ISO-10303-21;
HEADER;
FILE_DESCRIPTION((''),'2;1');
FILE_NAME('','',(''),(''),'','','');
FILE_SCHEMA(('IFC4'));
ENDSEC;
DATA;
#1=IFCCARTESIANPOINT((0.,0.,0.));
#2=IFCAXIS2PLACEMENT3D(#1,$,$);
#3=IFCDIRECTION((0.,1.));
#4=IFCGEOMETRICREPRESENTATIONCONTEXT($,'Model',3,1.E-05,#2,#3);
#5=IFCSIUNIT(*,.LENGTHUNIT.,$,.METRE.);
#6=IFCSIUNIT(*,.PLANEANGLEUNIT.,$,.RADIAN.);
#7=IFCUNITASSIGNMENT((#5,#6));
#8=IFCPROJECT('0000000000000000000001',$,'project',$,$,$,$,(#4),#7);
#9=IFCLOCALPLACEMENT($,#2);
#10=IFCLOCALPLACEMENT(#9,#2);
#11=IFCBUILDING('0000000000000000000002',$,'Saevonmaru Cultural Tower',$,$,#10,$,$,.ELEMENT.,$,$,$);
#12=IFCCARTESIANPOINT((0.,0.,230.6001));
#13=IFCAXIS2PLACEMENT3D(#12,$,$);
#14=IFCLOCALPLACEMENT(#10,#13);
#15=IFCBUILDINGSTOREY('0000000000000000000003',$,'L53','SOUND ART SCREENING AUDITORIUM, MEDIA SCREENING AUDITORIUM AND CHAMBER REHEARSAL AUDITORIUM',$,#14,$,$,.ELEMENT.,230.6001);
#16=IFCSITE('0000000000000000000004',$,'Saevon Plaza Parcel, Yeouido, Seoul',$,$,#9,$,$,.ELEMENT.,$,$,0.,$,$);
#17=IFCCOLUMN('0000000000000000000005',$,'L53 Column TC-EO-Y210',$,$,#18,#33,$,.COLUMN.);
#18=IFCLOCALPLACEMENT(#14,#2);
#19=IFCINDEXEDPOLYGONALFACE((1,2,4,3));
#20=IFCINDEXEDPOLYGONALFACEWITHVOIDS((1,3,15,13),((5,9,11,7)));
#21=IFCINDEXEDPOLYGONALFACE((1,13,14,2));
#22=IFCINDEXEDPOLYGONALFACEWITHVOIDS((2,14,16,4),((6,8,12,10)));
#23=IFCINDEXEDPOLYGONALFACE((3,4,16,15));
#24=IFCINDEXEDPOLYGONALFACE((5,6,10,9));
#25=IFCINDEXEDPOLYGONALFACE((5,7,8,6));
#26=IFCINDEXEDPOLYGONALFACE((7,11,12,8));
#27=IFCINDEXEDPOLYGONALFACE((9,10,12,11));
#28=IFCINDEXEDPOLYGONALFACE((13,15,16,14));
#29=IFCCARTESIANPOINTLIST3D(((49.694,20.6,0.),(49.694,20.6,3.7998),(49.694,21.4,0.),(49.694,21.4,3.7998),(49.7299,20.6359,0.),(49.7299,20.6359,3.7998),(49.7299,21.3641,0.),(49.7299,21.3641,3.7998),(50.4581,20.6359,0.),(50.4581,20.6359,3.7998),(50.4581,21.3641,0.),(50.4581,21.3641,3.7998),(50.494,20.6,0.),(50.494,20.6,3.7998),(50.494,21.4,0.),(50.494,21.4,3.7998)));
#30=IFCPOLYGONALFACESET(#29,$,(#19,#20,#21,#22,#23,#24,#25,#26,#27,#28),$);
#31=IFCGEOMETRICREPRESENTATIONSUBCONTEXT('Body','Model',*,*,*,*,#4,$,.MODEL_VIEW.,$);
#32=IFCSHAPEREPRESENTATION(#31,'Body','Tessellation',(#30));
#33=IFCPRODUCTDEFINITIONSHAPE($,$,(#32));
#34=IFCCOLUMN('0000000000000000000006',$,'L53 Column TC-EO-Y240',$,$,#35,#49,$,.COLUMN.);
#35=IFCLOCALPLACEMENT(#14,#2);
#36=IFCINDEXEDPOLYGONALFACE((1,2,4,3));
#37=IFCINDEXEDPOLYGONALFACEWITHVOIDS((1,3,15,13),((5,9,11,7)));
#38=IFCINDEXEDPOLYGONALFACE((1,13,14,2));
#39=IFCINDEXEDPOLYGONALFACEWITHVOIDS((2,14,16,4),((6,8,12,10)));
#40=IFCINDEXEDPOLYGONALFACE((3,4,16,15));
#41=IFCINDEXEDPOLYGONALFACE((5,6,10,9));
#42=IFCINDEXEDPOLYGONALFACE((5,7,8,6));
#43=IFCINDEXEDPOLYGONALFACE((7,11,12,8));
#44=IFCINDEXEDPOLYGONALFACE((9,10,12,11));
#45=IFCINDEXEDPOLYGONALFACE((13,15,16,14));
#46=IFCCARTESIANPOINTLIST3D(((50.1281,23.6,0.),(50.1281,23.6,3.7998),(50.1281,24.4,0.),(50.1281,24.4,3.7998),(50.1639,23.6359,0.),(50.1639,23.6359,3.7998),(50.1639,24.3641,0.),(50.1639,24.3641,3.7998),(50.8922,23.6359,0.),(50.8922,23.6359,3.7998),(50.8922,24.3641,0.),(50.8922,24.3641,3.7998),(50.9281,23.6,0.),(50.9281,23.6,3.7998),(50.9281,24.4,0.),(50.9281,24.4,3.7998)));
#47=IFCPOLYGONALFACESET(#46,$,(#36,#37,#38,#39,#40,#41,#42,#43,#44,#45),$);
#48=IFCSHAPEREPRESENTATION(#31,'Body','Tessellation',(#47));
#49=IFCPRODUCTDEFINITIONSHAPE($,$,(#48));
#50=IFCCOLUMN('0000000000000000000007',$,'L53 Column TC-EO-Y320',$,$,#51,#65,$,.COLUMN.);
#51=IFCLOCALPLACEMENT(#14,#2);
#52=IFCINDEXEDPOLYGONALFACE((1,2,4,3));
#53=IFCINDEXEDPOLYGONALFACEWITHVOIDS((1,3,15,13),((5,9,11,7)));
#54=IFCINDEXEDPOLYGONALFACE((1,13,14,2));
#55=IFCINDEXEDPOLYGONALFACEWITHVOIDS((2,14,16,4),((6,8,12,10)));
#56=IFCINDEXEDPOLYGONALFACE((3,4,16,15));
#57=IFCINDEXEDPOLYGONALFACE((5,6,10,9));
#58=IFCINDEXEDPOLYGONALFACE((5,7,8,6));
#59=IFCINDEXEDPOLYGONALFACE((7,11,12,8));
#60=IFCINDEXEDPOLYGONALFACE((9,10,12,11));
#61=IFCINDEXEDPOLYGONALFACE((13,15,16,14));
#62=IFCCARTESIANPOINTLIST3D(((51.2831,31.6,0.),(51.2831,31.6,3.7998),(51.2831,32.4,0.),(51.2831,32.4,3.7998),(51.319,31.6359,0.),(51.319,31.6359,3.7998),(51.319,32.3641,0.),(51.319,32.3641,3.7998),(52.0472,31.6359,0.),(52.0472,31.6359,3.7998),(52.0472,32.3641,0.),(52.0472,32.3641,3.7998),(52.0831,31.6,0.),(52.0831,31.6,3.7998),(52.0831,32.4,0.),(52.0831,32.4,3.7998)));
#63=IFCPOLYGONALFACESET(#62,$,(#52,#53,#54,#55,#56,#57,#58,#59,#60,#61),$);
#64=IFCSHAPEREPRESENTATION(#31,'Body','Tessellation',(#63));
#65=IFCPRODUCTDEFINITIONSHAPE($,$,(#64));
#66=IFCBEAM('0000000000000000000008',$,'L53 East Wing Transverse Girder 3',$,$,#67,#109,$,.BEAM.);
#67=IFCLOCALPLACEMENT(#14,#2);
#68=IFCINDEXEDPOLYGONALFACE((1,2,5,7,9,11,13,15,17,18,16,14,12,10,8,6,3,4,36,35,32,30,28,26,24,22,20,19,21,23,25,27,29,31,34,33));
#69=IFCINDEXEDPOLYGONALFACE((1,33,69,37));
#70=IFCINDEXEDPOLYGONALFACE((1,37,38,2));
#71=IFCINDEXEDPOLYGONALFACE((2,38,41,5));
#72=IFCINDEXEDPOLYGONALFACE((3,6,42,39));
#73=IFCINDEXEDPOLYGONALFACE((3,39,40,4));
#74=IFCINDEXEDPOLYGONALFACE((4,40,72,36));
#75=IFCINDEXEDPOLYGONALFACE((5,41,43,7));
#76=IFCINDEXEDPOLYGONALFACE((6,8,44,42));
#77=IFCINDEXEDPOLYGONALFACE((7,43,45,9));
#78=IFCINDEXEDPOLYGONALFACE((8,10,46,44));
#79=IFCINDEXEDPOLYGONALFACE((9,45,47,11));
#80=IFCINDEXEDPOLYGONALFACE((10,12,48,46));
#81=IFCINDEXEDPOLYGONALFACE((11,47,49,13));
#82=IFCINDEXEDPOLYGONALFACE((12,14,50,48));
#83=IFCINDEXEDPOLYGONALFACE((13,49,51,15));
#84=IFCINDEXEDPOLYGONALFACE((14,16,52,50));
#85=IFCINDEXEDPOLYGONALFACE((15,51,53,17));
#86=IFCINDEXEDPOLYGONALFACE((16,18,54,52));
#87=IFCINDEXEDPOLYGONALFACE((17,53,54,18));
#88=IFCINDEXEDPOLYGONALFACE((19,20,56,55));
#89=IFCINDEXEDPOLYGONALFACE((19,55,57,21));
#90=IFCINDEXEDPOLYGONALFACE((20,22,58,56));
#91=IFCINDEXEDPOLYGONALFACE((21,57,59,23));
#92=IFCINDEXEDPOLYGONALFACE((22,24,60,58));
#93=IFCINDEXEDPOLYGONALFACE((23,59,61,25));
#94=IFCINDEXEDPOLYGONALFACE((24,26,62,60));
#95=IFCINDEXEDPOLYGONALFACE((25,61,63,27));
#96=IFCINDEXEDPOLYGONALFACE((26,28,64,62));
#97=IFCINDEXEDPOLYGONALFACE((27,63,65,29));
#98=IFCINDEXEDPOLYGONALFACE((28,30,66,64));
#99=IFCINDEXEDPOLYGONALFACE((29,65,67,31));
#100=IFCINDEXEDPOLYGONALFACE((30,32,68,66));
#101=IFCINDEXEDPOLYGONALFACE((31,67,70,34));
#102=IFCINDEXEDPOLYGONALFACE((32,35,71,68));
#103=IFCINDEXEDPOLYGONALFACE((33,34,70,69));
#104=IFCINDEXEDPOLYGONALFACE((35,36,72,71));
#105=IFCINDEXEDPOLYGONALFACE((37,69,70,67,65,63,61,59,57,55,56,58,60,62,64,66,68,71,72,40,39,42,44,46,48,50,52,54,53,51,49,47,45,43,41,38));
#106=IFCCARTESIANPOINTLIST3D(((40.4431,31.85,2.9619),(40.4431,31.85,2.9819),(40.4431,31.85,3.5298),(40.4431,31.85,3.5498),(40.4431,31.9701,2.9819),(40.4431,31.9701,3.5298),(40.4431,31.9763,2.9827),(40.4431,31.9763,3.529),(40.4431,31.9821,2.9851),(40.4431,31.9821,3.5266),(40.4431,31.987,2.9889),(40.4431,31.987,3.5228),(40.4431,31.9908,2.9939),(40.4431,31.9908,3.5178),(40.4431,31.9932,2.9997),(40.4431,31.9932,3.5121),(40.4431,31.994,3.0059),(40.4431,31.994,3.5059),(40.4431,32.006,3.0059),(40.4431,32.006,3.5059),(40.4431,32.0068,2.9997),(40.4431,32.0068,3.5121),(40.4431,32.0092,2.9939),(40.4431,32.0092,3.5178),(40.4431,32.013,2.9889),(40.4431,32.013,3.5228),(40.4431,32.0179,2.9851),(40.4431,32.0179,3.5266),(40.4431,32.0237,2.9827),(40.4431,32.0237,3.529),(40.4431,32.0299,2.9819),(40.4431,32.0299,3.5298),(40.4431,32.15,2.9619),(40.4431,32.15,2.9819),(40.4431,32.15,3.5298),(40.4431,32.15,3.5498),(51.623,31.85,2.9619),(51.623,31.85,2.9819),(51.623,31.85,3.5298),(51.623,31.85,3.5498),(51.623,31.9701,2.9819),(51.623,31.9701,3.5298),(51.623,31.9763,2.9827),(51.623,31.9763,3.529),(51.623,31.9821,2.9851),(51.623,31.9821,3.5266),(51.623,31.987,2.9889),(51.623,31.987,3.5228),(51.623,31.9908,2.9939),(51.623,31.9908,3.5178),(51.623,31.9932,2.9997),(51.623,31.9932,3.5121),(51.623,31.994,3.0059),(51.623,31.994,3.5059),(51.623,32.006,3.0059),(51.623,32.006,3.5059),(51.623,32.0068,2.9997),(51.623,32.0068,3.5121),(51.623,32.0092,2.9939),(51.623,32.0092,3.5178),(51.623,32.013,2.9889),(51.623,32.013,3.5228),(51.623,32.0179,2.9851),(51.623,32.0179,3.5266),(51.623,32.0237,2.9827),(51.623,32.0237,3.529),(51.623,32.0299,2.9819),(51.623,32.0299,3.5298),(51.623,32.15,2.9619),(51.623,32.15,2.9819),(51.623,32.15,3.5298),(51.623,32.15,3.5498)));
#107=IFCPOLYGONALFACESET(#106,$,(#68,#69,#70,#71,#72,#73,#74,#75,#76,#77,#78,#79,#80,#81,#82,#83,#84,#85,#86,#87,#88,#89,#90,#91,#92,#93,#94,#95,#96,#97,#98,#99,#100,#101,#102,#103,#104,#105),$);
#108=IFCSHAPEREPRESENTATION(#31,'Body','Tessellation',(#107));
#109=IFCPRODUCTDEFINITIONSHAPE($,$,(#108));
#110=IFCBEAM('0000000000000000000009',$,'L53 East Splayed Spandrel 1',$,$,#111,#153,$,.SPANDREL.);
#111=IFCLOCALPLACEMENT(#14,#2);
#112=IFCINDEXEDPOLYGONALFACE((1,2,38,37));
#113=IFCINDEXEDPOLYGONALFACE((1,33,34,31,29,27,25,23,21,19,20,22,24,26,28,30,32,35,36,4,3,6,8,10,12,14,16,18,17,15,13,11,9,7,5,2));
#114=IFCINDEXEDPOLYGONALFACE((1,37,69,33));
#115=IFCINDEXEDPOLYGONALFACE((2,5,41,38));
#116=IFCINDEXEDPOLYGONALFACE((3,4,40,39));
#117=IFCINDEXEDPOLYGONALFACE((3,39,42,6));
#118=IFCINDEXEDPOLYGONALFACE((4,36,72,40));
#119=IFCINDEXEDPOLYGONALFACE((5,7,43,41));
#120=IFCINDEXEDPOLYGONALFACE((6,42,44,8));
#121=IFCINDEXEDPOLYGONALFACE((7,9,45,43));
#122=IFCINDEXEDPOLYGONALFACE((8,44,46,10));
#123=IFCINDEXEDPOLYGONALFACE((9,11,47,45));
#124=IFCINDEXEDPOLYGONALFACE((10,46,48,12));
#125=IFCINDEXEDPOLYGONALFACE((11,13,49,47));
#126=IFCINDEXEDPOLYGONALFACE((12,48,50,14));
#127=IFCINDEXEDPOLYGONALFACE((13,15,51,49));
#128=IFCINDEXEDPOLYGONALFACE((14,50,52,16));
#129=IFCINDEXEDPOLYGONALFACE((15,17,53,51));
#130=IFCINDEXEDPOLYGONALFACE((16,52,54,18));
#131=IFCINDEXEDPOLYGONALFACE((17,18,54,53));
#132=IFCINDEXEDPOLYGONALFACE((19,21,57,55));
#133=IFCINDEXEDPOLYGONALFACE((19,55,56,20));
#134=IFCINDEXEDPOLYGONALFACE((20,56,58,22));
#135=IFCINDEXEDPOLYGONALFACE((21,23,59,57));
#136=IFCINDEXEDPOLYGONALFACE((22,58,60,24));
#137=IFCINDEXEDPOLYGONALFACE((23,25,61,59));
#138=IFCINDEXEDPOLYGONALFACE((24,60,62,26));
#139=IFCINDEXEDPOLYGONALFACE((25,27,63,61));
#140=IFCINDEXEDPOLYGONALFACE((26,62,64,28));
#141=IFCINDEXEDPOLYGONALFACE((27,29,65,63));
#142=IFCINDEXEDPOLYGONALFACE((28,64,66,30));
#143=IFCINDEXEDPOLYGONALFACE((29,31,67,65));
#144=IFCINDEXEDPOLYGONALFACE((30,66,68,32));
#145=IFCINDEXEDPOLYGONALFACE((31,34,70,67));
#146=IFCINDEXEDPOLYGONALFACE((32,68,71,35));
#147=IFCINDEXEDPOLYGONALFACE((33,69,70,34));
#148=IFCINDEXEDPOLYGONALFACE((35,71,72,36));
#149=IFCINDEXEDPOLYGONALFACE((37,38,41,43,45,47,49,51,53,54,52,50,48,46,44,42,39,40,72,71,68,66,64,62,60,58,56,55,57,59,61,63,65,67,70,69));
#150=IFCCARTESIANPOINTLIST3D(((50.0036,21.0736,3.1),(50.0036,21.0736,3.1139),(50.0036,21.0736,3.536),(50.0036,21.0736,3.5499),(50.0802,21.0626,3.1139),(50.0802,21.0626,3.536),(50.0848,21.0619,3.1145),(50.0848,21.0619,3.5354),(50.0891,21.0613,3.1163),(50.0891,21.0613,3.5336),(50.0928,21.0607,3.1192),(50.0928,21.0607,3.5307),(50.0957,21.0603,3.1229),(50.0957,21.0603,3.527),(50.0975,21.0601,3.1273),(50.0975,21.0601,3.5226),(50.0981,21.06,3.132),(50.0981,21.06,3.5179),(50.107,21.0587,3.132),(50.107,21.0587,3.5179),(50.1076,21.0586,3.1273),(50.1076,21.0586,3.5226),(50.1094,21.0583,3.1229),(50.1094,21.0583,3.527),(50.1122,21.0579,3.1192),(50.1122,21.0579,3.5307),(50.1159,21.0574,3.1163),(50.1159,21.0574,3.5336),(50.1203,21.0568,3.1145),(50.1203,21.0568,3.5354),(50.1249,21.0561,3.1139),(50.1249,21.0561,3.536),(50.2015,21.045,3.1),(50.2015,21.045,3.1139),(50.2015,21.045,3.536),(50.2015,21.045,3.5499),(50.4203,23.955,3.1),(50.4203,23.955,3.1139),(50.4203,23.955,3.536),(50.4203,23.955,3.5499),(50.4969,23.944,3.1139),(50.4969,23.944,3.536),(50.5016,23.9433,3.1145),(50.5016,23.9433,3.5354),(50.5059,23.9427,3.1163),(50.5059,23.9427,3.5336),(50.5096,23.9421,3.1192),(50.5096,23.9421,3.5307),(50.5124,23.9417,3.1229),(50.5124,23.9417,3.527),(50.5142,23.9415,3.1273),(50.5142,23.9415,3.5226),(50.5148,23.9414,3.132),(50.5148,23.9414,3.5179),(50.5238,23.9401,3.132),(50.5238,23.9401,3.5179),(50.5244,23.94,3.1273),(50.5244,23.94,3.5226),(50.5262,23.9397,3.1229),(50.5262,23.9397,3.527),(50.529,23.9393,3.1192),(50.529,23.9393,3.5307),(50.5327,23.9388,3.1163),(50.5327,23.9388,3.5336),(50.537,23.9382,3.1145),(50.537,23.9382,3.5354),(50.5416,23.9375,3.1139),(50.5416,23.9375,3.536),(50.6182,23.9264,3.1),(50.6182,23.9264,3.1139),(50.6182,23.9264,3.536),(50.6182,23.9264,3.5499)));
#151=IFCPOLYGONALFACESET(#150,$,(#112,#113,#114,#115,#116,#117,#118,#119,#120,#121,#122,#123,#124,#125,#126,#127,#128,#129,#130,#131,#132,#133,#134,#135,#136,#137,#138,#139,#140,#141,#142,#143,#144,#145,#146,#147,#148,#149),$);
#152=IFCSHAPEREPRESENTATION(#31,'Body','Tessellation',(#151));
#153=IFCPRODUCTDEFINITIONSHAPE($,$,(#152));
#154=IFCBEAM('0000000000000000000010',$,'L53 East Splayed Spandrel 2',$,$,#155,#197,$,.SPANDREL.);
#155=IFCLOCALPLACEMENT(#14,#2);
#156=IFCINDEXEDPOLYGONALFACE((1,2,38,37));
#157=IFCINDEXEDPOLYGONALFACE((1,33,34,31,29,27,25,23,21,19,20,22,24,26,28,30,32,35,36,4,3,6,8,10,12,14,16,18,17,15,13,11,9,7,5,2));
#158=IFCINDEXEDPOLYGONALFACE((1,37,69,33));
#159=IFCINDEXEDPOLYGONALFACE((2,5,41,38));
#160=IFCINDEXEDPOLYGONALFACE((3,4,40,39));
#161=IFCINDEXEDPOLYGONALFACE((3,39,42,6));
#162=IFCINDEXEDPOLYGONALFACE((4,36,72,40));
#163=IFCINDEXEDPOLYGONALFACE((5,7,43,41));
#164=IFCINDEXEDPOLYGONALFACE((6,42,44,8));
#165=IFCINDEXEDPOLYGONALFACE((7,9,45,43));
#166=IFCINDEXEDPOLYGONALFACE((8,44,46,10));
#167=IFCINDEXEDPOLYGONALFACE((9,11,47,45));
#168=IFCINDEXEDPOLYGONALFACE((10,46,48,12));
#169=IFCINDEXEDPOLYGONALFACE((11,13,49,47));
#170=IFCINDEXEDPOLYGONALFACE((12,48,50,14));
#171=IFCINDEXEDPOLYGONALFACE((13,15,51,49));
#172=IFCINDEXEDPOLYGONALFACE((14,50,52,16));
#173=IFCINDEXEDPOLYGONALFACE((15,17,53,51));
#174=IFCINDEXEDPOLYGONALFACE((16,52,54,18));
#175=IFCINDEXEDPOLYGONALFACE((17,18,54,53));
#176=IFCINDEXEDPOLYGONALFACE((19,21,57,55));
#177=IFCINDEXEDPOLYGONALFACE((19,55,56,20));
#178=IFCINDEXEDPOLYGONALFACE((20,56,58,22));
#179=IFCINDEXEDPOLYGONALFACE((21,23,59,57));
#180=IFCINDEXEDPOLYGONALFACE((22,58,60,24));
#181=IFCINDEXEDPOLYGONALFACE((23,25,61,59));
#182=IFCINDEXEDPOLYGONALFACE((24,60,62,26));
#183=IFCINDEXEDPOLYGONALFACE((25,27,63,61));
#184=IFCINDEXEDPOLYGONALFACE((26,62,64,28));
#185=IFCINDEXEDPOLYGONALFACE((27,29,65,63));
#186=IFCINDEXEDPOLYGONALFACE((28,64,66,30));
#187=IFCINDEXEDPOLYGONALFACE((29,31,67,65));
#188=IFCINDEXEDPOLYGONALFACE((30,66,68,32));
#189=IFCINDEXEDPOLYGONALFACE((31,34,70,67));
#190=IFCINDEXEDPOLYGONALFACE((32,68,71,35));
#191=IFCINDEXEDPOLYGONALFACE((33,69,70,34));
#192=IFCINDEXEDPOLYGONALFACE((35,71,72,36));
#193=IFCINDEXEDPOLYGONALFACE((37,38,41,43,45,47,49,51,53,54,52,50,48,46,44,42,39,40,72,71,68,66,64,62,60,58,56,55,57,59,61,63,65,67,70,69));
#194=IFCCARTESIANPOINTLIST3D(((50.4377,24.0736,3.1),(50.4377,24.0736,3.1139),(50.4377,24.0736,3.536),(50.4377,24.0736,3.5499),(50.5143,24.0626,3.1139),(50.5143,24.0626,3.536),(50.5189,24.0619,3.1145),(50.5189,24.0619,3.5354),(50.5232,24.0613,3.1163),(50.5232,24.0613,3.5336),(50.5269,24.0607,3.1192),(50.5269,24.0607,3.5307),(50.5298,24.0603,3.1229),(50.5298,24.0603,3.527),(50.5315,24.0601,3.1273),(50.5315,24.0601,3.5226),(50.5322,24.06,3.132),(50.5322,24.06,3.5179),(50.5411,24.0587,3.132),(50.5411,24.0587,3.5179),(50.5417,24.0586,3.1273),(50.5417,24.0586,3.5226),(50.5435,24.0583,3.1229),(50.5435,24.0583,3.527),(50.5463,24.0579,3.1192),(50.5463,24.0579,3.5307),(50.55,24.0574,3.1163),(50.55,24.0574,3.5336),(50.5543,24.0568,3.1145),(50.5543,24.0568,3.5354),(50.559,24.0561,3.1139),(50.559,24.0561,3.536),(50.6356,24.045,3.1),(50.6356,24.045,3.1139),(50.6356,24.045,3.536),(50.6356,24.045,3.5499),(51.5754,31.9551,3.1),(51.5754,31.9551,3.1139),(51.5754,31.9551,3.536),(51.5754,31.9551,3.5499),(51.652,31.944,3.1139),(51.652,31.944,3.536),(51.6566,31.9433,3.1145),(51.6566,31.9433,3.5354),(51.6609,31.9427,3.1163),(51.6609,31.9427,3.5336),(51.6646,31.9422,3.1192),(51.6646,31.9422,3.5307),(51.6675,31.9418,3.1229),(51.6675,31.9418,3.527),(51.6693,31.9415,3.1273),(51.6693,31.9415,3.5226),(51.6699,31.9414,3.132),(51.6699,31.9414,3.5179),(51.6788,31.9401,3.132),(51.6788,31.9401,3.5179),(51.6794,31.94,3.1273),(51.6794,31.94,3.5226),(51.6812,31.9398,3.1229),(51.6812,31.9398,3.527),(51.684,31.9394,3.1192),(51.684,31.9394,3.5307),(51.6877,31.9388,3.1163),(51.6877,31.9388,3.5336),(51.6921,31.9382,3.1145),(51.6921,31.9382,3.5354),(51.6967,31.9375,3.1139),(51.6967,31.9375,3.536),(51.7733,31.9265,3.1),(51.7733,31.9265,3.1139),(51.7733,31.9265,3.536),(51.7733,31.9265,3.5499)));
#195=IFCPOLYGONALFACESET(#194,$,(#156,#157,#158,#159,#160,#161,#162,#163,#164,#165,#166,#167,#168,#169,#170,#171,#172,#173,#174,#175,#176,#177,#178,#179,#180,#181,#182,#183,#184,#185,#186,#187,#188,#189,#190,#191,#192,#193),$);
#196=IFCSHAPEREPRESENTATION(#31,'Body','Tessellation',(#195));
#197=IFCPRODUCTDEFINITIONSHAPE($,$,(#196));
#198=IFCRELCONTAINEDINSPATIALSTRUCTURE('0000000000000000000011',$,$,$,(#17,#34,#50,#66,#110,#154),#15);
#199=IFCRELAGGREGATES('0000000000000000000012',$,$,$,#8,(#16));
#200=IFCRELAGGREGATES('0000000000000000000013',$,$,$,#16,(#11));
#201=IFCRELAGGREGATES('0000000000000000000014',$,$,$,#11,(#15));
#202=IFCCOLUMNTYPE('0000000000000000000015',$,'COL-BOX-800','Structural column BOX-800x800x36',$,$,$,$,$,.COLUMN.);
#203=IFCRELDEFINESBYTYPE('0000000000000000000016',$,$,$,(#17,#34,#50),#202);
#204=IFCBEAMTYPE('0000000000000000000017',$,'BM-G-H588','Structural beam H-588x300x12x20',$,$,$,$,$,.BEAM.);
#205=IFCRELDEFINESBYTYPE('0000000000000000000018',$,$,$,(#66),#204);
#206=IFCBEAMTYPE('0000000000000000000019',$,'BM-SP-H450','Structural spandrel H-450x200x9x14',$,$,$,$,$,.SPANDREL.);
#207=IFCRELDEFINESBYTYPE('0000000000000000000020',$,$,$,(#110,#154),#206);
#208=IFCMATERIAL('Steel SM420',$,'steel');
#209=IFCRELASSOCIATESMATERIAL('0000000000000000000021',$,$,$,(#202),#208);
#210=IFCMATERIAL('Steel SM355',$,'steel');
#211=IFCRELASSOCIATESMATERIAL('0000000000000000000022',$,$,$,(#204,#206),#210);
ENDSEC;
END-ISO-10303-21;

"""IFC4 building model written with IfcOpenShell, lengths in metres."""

from ifc_helpers import new_model, si_unit, direction, frame, origin, origin_2d, place, context, subcontext, project, spatial, hollow_rectangle, i_section, extrude, material, material_profile, profile_set, type_object, element, save


model = new_model("IFC4")

# Units and contexts
model_context = context("Model", 3, precision=1e-05, world=origin(), true_north=direction((0.0, 1.0)))
body_context = subcontext(model_context, "Body", "Model", "MODEL_VIEW")
ifc_project = project(units=[si_unit("LENGTHUNIT", "METRE"), si_unit("PLANEANGLEUNIT", "RADIAN")], contexts=[model_context])

# Site, building, storey
site_placement = place(None, origin())
site = spatial("IfcSite", under=ifc_project, at=site_placement, Name="Saevon Plaza Parcel, Yeouido, Seoul", CompositionType="ELEMENT", RefElevation=0.0)
building_placement = place(site_placement, origin())
building = spatial("IfcBuilding", under=site, at=building_placement, Name="Saevonmaru Cultural Tower", CompositionType="ELEMENT")
storey_placement = place(building_placement, frame((0.0, 0.0, 230.6001)))
storey = spatial("IfcBuildingStorey", under=building, at=storey_placement, Name="L53", Description="SOUND ART SCREENING AUDITORIUM, MEDIA SCREENING AUDITORIUM AND CHAMBER REHEARSAL AUDITORIUM", CompositionType="ELEMENT", Elevation=230.6001)

# Columns
ifc_material_1 = material(Name="Steel SM420", Category="steel")
ifc_material_profile_1 = material_profile(ifc_material_1, hollow_rectangle(XDim=0.8, YDim=0.8, WallThickness=0.0359, at=origin_2d()), Name="BOX-800x800x36")
ifc_profile_set_1 = profile_set([ifc_material_profile_1], Name="Steel SM420")
column_type = type_object("IfcColumnType", Name="COL-BOX-800", Description="Structural column BOX-800x800x36", PredefinedType="COLUMN", material=ifc_profile_set_1)
for number, where, z_axis, x_axis, name in (
    (1, (50.094, 21.0, 0.0), (0.0, 0.0, 1.0), (1.0, 0.0, 0.0), "L53 Column TC-EO-Y210"),
    (2, (50.5281, 24.0, 0.0), (0.0, 0.0, 1.0), (1.0, 0.0, 0.0), "L53 Column TC-EO-Y240"),
    (3, (51.6831, 32.0, 0.0), (0.0, 0.0, 1.0), (1.0, 0.0, 0.0), "L53 Column TC-EO-Y320"),
):
    element("IfcColumn", number, at=place(storey_placement, frame(where, z_axis=z_axis, x_axis=x_axis)), inside=storey, type_object=column_type, Name=name, PredefinedType="COLUMN", context=body_context, shape_type="SweptSolid", body=[
        extrude(hollow_rectangle(XDim=0.8, YDim=0.8, WallThickness=0.0359, at=origin_2d()), origin(), (0.0, 0.0, 1.0), 3.7998),
    ])

# Beams
ifc_material_2 = material(Name="Steel SM355", Category="steel")
ifc_material_profile_2 = material_profile(ifc_material_2, i_section(OverallWidth=0.3, OverallDepth=0.5879, WebThickness=0.012, FlangeThickness=0.02, FilletRadius=0.0239, at=origin_2d()), Name="H-588x300x12x20")
ifc_profile_set_2 = profile_set([ifc_material_profile_2], Name="Steel SM355")
beam_type_1 = type_object("IfcBeamType", Name="BM-G-H588", Description="Structural beam H-588x300x12x20", PredefinedType="BEAM", material=ifc_profile_set_2)
beam_1_placement = place(storey_placement, frame((40.4431, 32.0, 3.2559), z_axis=(1.0, 0.0, 0.0), x_axis=(0.0, 1.0, 0.0)))
element("IfcBeam", 4, at=beam_1_placement, inside=storey, type_object=beam_type_1, Name="L53 East Wing Transverse Girder 3", PredefinedType="BEAM", context=body_context, shape_type="SweptSolid", body=[
    extrude(i_section(OverallWidth=0.3, OverallDepth=0.5879, WebThickness=0.012, FlangeThickness=0.02, FilletRadius=0.0239, at=origin_2d()), origin(), (0.0, 0.0, 1.0), 11.1799),
])
ifc_material_profile_3 = material_profile(ifc_material_2, i_section(OverallWidth=0.2, OverallDepth=0.45, WebThickness=0.009, FlangeThickness=0.0139, FilletRadius=0.0181, at=origin_2d()), Name="H-450x200x9x14")
ifc_profile_set_3 = profile_set([ifc_material_profile_3], Name="Steel SM355")
beam_type_2 = type_object("IfcBeamType", Name="BM-SP-H450", Description="Structural spandrel H-450x200x9x14", PredefinedType="SPANDREL", material=ifc_profile_set_3)
beam_2_placement = place(storey_placement, frame((50.1025, 21.0593, 3.325), z_axis=(0.143147, 0.989701, 0.0), x_axis=(-0.989701, 0.143147, 0.0)))
element("IfcBeam", 5, at=beam_2_placement, inside=storey, type_object=beam_type_2, Name="L53 East Splayed Spandrel 1", PredefinedType="SPANDREL", context=body_context, shape_type="SweptSolid", body=[
    extrude(i_section(OverallWidth=0.2, OverallDepth=0.45, WebThickness=0.009, FlangeThickness=0.0139, FilletRadius=0.0181, at=origin_2d()), origin(), (0.0, 0.0, 1.0), 2.9114),
])
beam_3_placement = place(storey_placement, frame((50.5366, 24.0593, 3.325), z_axis=(0.142872, 0.989741, 0.0), x_axis=(-0.989741, 0.142872, 0.0)))
element("IfcBeam", 6, at=beam_3_placement, inside=storey, type_object=beam_type_2, Name="L53 East Splayed Spandrel 2", PredefinedType="SPANDREL", context=body_context, shape_type="SweptSolid", body=[
    extrude(i_section(OverallWidth=0.2, OverallDepth=0.45, WebThickness=0.009, FlangeThickness=0.0139, FilletRadius=0.0181, at=origin_2d()), origin(), (0.0, 0.0, 1.0), 7.9631),
])

save(model, "model.ifc")
